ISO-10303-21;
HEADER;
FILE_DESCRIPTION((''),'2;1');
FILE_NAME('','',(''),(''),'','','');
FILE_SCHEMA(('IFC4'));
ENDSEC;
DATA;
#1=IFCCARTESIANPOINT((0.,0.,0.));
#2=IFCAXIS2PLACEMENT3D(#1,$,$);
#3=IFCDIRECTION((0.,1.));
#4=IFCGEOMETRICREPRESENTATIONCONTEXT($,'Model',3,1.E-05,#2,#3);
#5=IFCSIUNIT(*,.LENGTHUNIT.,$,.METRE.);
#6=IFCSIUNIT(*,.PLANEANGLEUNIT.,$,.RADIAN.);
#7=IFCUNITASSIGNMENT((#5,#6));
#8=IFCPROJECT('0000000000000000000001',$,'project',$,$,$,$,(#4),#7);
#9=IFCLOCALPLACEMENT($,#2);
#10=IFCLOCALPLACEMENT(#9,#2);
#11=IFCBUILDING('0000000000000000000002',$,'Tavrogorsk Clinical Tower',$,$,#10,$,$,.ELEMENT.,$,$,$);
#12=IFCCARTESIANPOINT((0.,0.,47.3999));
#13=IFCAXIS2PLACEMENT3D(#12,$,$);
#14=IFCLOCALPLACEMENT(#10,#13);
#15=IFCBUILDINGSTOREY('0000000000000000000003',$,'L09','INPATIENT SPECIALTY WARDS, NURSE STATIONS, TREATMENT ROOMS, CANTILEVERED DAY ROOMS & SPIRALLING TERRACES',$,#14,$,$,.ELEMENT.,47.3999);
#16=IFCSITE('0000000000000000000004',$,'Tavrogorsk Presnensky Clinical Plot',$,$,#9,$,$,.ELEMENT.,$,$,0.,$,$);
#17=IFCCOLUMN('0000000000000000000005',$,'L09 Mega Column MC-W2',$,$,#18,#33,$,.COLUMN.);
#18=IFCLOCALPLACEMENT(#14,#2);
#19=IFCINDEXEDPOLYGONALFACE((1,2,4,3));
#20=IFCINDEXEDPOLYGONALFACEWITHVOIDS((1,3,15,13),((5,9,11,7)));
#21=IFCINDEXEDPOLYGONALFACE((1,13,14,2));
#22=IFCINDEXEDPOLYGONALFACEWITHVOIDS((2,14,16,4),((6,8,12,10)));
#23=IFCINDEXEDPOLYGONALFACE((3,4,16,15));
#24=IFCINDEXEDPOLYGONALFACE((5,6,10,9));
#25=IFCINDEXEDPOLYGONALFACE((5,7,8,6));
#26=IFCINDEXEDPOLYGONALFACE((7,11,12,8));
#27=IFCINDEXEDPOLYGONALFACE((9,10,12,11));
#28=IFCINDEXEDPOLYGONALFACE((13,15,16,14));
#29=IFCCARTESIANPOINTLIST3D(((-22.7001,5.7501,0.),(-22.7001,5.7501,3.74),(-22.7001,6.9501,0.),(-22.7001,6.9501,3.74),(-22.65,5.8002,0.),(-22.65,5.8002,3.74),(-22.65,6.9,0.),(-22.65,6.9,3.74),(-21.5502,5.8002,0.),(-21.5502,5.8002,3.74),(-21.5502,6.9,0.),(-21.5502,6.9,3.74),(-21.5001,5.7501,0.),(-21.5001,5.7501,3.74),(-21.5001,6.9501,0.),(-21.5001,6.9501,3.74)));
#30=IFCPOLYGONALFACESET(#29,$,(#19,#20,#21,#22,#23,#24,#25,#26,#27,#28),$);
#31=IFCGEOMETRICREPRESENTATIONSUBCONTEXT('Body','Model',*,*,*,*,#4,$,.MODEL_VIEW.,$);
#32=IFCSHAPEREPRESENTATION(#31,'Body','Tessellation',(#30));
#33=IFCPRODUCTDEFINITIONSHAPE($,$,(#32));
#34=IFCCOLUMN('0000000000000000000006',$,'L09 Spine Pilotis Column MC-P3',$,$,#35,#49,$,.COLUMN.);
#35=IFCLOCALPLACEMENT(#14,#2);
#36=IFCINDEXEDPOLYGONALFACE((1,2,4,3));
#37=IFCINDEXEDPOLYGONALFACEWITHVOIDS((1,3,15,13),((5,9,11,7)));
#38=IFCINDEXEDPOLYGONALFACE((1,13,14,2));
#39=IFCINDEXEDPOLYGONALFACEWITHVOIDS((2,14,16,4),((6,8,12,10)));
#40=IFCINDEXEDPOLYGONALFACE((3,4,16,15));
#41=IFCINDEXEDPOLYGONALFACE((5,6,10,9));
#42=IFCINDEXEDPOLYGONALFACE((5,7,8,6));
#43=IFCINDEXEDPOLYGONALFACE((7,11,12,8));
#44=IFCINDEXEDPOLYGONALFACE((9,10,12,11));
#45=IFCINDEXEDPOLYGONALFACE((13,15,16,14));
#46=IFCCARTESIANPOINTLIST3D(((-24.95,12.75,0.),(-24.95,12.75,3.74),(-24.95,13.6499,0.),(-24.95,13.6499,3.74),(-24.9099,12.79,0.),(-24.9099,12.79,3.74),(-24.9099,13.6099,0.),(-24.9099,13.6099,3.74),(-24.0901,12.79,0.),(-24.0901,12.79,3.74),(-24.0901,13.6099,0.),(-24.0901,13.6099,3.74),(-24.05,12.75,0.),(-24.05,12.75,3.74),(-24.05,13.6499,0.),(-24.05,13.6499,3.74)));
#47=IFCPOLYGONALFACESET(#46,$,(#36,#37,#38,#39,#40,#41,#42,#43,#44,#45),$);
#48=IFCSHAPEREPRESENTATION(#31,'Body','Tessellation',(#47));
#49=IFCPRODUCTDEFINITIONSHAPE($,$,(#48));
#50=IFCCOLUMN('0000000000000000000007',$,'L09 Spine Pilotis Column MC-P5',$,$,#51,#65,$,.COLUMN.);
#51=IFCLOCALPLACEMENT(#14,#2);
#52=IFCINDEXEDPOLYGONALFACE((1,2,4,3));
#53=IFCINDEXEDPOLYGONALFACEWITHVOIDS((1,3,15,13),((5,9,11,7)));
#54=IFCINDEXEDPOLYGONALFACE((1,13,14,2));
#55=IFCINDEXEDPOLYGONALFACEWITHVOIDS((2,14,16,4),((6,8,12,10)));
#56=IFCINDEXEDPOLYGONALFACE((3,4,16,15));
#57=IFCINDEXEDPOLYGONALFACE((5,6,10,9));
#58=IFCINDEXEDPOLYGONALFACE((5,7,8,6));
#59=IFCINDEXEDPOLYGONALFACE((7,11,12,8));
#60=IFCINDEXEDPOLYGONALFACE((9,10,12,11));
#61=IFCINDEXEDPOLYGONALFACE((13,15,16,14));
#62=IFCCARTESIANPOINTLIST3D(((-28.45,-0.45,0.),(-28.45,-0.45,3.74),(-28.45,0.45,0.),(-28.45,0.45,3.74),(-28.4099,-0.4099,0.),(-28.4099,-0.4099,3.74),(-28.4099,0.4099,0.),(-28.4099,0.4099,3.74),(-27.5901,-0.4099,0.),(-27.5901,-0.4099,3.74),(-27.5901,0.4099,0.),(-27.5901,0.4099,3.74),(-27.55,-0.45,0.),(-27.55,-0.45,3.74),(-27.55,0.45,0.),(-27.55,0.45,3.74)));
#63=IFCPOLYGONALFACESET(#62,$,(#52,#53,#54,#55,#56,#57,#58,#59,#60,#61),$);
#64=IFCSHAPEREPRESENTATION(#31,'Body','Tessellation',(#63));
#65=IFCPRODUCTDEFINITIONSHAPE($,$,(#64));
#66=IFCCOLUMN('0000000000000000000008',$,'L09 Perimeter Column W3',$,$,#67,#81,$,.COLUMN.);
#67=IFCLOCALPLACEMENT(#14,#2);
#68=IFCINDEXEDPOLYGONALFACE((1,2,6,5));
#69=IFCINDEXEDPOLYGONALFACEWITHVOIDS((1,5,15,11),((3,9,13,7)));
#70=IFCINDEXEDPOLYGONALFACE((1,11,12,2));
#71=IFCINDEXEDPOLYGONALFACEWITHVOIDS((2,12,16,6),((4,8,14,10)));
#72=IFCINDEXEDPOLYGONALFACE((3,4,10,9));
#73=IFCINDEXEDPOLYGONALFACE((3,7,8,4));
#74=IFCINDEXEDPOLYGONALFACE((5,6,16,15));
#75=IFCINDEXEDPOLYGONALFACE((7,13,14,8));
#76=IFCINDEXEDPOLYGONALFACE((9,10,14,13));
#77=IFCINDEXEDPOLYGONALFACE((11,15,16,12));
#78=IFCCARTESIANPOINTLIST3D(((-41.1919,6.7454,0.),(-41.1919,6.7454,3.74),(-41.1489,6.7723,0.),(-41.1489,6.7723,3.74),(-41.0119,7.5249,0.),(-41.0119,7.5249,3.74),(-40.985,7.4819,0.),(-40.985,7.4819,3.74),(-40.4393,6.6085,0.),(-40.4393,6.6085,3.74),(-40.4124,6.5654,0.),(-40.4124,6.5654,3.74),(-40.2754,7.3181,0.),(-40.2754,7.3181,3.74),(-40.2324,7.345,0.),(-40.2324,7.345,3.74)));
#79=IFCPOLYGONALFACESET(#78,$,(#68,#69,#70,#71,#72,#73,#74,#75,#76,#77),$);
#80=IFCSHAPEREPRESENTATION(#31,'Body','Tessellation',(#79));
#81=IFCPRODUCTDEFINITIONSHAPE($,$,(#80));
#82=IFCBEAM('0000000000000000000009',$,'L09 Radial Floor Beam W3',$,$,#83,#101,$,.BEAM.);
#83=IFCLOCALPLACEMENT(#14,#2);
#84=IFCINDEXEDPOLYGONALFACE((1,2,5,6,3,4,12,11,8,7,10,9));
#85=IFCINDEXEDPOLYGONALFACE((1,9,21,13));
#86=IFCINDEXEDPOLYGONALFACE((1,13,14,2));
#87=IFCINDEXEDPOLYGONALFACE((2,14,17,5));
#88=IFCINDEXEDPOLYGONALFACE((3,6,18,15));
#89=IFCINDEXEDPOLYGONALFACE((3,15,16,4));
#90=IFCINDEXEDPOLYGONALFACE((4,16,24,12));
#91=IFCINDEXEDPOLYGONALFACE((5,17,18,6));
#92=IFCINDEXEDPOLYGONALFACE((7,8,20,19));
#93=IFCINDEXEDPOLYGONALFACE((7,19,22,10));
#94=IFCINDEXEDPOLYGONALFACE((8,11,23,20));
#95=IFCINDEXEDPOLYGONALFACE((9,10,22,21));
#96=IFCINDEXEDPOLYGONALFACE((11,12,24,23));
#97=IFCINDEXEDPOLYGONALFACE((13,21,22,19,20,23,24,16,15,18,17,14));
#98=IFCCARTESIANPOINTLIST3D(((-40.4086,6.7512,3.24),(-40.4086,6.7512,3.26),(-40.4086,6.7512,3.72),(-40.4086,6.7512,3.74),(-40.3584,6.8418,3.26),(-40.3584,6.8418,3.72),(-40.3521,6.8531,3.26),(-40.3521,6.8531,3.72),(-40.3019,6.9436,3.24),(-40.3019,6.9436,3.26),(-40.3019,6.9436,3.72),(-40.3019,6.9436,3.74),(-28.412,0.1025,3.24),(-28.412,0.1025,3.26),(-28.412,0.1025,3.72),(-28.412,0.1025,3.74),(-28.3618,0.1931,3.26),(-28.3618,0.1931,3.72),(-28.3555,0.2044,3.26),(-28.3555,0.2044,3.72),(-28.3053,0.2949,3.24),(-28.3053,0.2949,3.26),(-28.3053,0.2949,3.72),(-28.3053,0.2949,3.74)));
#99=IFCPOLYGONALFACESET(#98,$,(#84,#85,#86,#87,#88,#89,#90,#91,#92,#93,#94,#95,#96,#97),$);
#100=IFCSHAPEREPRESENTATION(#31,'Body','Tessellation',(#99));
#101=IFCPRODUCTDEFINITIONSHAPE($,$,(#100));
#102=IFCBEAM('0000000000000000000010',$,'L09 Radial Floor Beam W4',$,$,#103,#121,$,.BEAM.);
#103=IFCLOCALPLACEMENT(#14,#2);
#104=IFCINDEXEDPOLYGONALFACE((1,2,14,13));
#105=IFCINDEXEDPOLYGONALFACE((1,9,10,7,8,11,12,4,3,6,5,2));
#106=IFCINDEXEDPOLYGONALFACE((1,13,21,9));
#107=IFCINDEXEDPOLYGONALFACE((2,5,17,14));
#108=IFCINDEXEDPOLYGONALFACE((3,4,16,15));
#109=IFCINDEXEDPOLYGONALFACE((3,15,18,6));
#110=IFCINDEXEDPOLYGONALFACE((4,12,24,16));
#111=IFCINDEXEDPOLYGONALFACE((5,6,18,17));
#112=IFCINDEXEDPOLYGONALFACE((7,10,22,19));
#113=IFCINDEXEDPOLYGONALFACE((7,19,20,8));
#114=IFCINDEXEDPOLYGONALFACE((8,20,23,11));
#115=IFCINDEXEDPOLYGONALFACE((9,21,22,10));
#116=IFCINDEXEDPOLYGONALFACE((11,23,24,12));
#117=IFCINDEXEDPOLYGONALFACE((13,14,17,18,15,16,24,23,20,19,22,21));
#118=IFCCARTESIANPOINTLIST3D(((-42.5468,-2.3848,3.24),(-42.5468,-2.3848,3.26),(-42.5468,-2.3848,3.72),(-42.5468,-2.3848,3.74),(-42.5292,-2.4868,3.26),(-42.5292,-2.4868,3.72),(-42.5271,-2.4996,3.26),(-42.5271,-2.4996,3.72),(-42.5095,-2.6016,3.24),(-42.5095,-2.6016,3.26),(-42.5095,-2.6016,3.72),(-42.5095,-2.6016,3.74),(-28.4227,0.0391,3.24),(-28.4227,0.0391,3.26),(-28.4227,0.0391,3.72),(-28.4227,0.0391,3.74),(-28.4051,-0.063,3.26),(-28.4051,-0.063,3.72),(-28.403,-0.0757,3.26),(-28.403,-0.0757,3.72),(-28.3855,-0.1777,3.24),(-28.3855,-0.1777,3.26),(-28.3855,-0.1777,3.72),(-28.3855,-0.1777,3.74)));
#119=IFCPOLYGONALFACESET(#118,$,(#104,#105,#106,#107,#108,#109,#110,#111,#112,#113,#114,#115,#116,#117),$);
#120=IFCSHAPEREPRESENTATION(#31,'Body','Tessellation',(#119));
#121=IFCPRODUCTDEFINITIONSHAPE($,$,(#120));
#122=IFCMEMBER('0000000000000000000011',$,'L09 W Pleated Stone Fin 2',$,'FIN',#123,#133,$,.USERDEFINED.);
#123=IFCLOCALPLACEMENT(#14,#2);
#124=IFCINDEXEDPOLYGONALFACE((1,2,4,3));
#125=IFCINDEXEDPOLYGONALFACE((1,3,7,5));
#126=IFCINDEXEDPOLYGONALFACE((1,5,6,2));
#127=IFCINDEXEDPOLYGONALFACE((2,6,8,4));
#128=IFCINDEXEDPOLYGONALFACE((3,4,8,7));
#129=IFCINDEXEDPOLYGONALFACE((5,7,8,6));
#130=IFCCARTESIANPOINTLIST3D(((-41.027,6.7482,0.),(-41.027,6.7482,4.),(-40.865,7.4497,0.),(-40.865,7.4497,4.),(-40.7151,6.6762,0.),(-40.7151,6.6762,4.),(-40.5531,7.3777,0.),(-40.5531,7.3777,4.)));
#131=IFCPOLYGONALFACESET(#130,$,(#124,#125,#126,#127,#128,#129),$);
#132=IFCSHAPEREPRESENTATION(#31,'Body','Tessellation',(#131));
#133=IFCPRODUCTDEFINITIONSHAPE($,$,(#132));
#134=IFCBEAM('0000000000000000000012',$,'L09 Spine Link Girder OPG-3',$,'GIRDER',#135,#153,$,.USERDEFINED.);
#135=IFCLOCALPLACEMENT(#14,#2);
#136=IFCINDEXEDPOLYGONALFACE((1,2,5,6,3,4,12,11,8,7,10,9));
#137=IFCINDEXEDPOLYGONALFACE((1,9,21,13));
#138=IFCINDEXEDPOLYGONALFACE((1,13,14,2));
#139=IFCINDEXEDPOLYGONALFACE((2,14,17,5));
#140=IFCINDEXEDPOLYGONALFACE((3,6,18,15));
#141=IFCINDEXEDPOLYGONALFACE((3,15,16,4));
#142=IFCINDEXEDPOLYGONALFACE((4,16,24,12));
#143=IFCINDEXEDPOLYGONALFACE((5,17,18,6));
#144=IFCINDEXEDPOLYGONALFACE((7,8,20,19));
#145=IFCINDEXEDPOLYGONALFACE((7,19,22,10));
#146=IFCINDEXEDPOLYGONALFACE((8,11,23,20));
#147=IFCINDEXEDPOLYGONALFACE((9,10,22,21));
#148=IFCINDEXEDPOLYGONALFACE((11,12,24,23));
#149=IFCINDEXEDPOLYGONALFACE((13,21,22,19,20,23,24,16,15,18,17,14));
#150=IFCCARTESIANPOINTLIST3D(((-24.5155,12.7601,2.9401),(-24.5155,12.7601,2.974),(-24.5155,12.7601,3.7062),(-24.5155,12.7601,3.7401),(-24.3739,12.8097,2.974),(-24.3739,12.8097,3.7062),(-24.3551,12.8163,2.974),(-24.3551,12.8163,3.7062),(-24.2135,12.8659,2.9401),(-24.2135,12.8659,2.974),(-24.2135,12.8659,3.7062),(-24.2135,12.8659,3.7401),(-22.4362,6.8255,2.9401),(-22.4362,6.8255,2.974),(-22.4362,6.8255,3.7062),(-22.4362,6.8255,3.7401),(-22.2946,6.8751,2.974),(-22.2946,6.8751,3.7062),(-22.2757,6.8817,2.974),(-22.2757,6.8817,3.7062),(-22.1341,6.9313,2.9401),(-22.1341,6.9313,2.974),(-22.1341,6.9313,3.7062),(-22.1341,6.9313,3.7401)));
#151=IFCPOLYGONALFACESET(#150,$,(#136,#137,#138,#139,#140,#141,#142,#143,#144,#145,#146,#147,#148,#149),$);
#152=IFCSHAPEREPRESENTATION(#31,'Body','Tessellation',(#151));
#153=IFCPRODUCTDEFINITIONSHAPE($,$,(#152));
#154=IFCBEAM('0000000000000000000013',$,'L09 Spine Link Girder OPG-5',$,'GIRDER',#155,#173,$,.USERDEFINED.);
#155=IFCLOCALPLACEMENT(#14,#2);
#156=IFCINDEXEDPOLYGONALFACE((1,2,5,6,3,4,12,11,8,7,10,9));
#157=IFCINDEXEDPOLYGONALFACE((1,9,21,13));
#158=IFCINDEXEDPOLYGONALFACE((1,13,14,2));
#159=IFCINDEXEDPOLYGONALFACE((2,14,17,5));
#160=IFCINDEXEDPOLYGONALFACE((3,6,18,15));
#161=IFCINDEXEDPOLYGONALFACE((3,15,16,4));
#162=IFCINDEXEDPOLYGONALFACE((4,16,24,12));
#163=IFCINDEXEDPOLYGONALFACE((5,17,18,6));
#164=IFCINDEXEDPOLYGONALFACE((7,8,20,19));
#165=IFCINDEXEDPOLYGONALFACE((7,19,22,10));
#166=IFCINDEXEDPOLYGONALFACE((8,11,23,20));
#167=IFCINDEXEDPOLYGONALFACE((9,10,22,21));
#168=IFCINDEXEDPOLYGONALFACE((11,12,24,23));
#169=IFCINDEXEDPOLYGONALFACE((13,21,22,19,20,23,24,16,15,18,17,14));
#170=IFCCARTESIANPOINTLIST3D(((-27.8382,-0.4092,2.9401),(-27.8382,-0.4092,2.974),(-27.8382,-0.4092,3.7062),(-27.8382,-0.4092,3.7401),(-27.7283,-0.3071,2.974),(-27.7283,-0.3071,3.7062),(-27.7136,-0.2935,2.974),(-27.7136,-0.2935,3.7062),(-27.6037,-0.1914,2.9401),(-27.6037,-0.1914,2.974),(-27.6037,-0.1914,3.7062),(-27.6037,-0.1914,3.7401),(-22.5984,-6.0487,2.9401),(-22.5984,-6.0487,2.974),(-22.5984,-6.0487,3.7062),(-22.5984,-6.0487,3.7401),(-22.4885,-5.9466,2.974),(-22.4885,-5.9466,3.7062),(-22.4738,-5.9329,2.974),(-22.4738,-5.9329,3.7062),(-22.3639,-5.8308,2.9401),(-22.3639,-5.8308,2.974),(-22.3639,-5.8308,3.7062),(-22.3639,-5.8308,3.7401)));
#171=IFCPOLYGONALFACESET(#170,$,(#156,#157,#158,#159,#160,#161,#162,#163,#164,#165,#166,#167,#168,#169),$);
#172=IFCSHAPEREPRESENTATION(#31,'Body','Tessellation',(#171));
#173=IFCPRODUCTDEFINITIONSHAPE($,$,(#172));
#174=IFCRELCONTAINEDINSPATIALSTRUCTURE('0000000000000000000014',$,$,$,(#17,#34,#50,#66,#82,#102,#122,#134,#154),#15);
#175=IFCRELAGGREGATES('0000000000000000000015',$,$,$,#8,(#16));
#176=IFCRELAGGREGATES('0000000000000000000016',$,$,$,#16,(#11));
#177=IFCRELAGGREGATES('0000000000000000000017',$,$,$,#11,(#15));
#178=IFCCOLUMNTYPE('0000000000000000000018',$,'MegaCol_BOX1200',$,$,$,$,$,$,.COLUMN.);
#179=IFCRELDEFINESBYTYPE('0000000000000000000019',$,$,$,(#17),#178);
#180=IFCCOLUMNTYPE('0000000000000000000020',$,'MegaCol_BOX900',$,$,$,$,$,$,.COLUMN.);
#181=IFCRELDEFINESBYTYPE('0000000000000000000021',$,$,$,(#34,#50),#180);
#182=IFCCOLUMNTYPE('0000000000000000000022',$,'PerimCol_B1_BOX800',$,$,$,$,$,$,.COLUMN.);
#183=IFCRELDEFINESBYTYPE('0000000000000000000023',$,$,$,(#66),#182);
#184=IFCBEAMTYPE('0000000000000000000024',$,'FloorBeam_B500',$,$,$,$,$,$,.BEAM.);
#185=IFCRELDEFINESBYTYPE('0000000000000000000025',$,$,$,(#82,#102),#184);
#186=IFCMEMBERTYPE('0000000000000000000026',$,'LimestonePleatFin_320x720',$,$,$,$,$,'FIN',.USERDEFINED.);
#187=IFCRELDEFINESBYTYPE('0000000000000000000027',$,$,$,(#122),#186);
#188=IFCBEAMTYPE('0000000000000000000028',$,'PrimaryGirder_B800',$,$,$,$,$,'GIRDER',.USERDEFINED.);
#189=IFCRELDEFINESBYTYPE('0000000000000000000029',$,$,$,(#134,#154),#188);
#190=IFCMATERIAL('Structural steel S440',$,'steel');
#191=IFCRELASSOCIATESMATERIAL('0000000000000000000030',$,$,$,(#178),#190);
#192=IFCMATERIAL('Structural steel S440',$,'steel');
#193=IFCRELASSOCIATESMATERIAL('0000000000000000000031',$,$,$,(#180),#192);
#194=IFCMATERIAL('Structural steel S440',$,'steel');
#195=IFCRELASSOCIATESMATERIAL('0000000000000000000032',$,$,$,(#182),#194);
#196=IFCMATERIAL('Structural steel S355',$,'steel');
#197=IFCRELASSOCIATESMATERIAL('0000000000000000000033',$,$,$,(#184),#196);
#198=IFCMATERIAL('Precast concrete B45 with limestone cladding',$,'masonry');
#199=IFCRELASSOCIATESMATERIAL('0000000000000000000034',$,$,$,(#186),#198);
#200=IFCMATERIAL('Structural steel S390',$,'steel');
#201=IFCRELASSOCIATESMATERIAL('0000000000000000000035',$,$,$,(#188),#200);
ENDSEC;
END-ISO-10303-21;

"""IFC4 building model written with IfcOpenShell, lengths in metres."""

from ifc_helpers import new_model, si_unit, direction, frame, origin, origin_2d, place, context, subcontext, project, spatial, rectangle, hollow_rectangle, i_section, extrude, material, material_profile, profile_set, type_object, element, save


model = new_model("IFC4")

# Units and contexts
model_context = context("Model", 3, precision=1e-05, world=origin(), true_north=direction((0.0, 1.0)))
body_context = subcontext(model_context, "Body", "Model", "MODEL_VIEW")
ifc_project = project(units=[si_unit("LENGTHUNIT", "METRE"), si_unit("PLANEANGLEUNIT", "RADIAN")], contexts=[model_context])

# Site, building, storey
site_placement = place(None, origin())
site = spatial("IfcSite", under=ifc_project, at=site_placement, Name="Tavrogorsk Presnensky Clinical Plot", CompositionType="ELEMENT", RefElevation=0.0)
building_placement = place(site_placement, origin())
building = spatial("IfcBuilding", under=site, at=building_placement, Name="Tavrogorsk Clinical Tower", CompositionType="ELEMENT")
storey_placement = place(building_placement, frame((0.0, 0.0, 47.3999)))
storey = spatial("IfcBuildingStorey", under=building, at=storey_placement, Name="L09", Description="INPATIENT SPECIALTY WARDS, NURSE STATIONS, TREATMENT ROOMS, CANTILEVERED DAY ROOMS & SPIRALLING TERRACES", CompositionType="ELEMENT", Elevation=47.3999)

# Columns
ifc_material_1 = material(Name="Structural steel S440", Category="steel")
ifc_material_profile_1 = material_profile(ifc_material_1, hollow_rectangle(XDim=1.2, YDim=1.2, WallThickness=0.05, at=origin_2d()), Name="BOX-1200x1200x50")
ifc_profile_set_1 = profile_set([ifc_material_profile_1], Name="Structural steel S440")
column_type_1 = type_object("IfcColumnType", Name="MegaCol_BOX1200", PredefinedType="COLUMN", material=ifc_profile_set_1)
column_1_placement = place(storey_placement, frame((-22.1001, 6.3501, 0.0), z_axis=(0.0, 0.0, 1.0), x_axis=(1.0, 0.0, 0.0)))
element("IfcColumn", 1, at=column_1_placement, inside=storey, type_object=column_type_1, Name="L09 Mega Column MC-W2", PredefinedType="COLUMN", context=body_context, shape_type="SweptSolid", body=[
    extrude(hollow_rectangle(XDim=1.2, YDim=1.2, WallThickness=0.05, at=origin_2d()), origin(), (0.0, 0.0, 1.0), 3.74),
])
ifc_material_2 = material(Name="Structural steel S440", Category="steel")
ifc_material_profile_2 = material_profile(ifc_material_2, hollow_rectangle(XDim=0.8999, YDim=0.8999, WallThickness=0.04, at=origin_2d()), Name="BOX-900x900x40")
ifc_profile_set_2 = profile_set([ifc_material_profile_2], Name="Structural steel S440")
column_type_2 = type_object("IfcColumnType", Name="MegaCol_BOX900", PredefinedType="COLUMN", material=ifc_profile_set_2)
for number, where, z_axis, x_axis, name in (
    (2, (-24.5, 13.2, 0.0), (0.0, 0.0, 1.0), (1.0, 0.0, 0.0), "L09 Spine Pilotis Column MC-P3"),
    (3, (-28.0, 0.0, 0.0), (0.0, 0.0, 1.0), (1.0, 0.0, 0.0), "L09 Spine Pilotis Column MC-P5"),
):
    element("IfcColumn", number, at=place(storey_placement, frame(where, z_axis=z_axis, x_axis=x_axis)), inside=storey, type_object=column_type_2, Name=name, PredefinedType="COLUMN", context=body_context, shape_type="SweptSolid", body=[
        extrude(hollow_rectangle(XDim=0.8999, YDim=0.8999, WallThickness=0.04, at=origin_2d()), origin(), (0.0, 0.0, 1.0), 3.74),
    ])
ifc_material_3 = material(Name="Structural steel S440", Category="steel")
ifc_material_profile_3 = material_profile(ifc_material_3, hollow_rectangle(XDim=0.8, YDim=0.8, WallThickness=0.0359, at=origin_2d()), Name="BOX-800x800x36")
ifc_profile_set_3 = profile_set([ifc_material_profile_3], Name="Structural steel S440")
column_type_3 = type_object("IfcColumnType", Name="PerimCol_B1_BOX800", PredefinedType="COLUMN", material=ifc_profile_set_3)
column_2_placement = place(storey_placement, frame((-40.7122, 7.0452, 0.0), z_axis=(0.0, 0.0, 1.0), x_axis=(0.97437, -0.224951, 0.0)))
element("IfcColumn", 4, at=column_2_placement, inside=storey, type_object=column_type_3, Name="L09 Perimeter Column W3", PredefinedType="COLUMN", context=body_context, shape_type="SweptSolid", body=[
    extrude(hollow_rectangle(XDim=0.8, YDim=0.8, WallThickness=0.0359, at=origin_2d()), origin(), (0.0, 0.0, 1.0), 3.74),
])

# Beams
ifc_material_4 = material(Name="Structural steel S355", Category="steel")
ifc_material_profile_4 = material_profile(ifc_material_4, i_section(OverallWidth=0.22, OverallDepth=0.5, WebThickness=0.0129, FlangeThickness=0.02, at=origin_2d()), Name="B-500x220x13x20")
ifc_profile_set_4 = profile_set([ifc_material_profile_4], Name="Structural steel S355")
beam_type_1 = type_object("IfcBeamType", Name="FloorBeam_B500", PredefinedType="BEAM", material=ifc_profile_set_4)
beam_1_placement = place(storey_placement, frame((-28.3586, 0.1987, 3.49), z_axis=(-0.874655, 0.484746, 0.0), x_axis=(-0.484746, -0.874655, 0.0)))
element("IfcBeam", 5, at=beam_1_placement, inside=storey, type_object=beam_type_1, Name="L09 Radial Floor Beam W3", PredefinedType="BEAM", context=body_context, shape_type="SweptSolid", body=[
    extrude(i_section(OverallWidth=0.22, OverallDepth=0.5, WebThickness=0.0129, FlangeThickness=0.02, at=origin_2d()), origin(), (0.0, 0.0, 1.0), 13.7158),
])
beam_2_placement = place(storey_placement, frame((-28.4041, -0.0693, 3.49), z_axis=(-0.985592, -0.169138, 0.0), x_axis=(0.169138, -0.985592, 0.0)))
element("IfcBeam", 6, at=beam_2_placement, inside=storey, type_object=beam_type_1, Name="L09 Radial Floor Beam W4", PredefinedType="BEAM", context=body_context, shape_type="SweptSolid", body=[
    extrude(i_section(OverallWidth=0.22, OverallDepth=0.5, WebThickness=0.0129, FlangeThickness=0.02, at=origin_2d()), origin(), (0.0, 0.0, 1.0), 14.3306),
])

# Member
ifc_material_5 = material(Name="Precast concrete B45 with limestone cladding", Category="masonry")
ifc_material_profile_5 = material_profile(ifc_material_5, rectangle(XDim=0.3201, YDim=0.72, at=origin_2d()), Name="LIMESTONE-FIN-320x720")
ifc_profile_set_5 = profile_set([ifc_material_profile_5], Name="Precast concrete B45 with limestone cladding")
member_type = type_object("IfcMemberType", Name="LimestonePleatFin_320x720", ElementType="FIN", PredefinedType="USERDEFINED", material=ifc_profile_set_5)
member_placement = place(storey_placement, frame((-40.79, 7.063, 0.0), z_axis=(0.0, 0.0, 1.0), x_axis=(0.97437, -0.224951, 0.0)))
element("IfcMember", 7, at=member_placement, inside=storey, type_object=member_type, Name="L09 W Pleated Stone Fin 2", ObjectType="FIN", PredefinedType="USERDEFINED", context=body_context, shape_type="SweptSolid", body=[
    extrude(rectangle(XDim=0.3201, YDim=0.72, at=origin_2d()), origin(), (0.0, 0.0, 1.0), 4.0),
])

# Beams
ifc_material_6 = material(Name="Structural steel S390", Category="steel")
ifc_material_profile_6 = material_profile(ifc_material_6, i_section(OverallWidth=0.3201, OverallDepth=0.8, WebThickness=0.02, FlangeThickness=0.0339, at=origin_2d()), Name="B-800x320x20x34")
ifc_profile_set_6 = profile_set([ifc_material_profile_6], Name="Structural steel S390")
beam_type_2 = type_object("IfcBeamType", Name="PrimaryGirder_B800", ElementType="GIRDER", PredefinedType="USERDEFINED", material=ifc_profile_set_6)
beam_3_placement = place(storey_placement, frame((-24.3645, 12.813, 3.3401), z_axis=(0.330669, -0.943747, 0.0), x_axis=(0.943747, 0.330669, 0.0)))
element("IfcBeam", 8, at=beam_3_placement, inside=storey, type_object=beam_type_2, Name="L09 Spine Link Girder OPG-3", ObjectType="GIRDER", PredefinedType="USERDEFINED", context=body_context, shape_type="SweptSolid", body=[
    extrude(i_section(OverallWidth=0.3201, OverallDepth=0.8, WebThickness=0.02, FlangeThickness=0.0339, at=origin_2d()), origin(), (0.0, 0.0, 1.0), 6.2883),
])
for number, where, z_axis, x_axis, name in (
    (9, (-27.7209, -0.3003, 3.3401), (0.680671, -0.732589, 0.0), (0.732589, 0.680671, 0.0), "L09 Spine Link Girder OPG-5"),
):
    element("IfcBeam", number, at=place(storey_placement, frame(where, z_axis=z_axis, x_axis=x_axis)), inside=storey, type_object=beam_type_2, Name=name, ObjectType="GIRDER", PredefinedType="USERDEFINED", context=body_context, shape_type="SweptSolid", body=[
        extrude(i_section(OverallWidth=0.3201, OverallDepth=0.8, WebThickness=0.02, FlangeThickness=0.0339, at=origin_2d()), origin(), (0.0, 0.0, 1.0), 7.698),
    ])

save(model, "model.ifc")
